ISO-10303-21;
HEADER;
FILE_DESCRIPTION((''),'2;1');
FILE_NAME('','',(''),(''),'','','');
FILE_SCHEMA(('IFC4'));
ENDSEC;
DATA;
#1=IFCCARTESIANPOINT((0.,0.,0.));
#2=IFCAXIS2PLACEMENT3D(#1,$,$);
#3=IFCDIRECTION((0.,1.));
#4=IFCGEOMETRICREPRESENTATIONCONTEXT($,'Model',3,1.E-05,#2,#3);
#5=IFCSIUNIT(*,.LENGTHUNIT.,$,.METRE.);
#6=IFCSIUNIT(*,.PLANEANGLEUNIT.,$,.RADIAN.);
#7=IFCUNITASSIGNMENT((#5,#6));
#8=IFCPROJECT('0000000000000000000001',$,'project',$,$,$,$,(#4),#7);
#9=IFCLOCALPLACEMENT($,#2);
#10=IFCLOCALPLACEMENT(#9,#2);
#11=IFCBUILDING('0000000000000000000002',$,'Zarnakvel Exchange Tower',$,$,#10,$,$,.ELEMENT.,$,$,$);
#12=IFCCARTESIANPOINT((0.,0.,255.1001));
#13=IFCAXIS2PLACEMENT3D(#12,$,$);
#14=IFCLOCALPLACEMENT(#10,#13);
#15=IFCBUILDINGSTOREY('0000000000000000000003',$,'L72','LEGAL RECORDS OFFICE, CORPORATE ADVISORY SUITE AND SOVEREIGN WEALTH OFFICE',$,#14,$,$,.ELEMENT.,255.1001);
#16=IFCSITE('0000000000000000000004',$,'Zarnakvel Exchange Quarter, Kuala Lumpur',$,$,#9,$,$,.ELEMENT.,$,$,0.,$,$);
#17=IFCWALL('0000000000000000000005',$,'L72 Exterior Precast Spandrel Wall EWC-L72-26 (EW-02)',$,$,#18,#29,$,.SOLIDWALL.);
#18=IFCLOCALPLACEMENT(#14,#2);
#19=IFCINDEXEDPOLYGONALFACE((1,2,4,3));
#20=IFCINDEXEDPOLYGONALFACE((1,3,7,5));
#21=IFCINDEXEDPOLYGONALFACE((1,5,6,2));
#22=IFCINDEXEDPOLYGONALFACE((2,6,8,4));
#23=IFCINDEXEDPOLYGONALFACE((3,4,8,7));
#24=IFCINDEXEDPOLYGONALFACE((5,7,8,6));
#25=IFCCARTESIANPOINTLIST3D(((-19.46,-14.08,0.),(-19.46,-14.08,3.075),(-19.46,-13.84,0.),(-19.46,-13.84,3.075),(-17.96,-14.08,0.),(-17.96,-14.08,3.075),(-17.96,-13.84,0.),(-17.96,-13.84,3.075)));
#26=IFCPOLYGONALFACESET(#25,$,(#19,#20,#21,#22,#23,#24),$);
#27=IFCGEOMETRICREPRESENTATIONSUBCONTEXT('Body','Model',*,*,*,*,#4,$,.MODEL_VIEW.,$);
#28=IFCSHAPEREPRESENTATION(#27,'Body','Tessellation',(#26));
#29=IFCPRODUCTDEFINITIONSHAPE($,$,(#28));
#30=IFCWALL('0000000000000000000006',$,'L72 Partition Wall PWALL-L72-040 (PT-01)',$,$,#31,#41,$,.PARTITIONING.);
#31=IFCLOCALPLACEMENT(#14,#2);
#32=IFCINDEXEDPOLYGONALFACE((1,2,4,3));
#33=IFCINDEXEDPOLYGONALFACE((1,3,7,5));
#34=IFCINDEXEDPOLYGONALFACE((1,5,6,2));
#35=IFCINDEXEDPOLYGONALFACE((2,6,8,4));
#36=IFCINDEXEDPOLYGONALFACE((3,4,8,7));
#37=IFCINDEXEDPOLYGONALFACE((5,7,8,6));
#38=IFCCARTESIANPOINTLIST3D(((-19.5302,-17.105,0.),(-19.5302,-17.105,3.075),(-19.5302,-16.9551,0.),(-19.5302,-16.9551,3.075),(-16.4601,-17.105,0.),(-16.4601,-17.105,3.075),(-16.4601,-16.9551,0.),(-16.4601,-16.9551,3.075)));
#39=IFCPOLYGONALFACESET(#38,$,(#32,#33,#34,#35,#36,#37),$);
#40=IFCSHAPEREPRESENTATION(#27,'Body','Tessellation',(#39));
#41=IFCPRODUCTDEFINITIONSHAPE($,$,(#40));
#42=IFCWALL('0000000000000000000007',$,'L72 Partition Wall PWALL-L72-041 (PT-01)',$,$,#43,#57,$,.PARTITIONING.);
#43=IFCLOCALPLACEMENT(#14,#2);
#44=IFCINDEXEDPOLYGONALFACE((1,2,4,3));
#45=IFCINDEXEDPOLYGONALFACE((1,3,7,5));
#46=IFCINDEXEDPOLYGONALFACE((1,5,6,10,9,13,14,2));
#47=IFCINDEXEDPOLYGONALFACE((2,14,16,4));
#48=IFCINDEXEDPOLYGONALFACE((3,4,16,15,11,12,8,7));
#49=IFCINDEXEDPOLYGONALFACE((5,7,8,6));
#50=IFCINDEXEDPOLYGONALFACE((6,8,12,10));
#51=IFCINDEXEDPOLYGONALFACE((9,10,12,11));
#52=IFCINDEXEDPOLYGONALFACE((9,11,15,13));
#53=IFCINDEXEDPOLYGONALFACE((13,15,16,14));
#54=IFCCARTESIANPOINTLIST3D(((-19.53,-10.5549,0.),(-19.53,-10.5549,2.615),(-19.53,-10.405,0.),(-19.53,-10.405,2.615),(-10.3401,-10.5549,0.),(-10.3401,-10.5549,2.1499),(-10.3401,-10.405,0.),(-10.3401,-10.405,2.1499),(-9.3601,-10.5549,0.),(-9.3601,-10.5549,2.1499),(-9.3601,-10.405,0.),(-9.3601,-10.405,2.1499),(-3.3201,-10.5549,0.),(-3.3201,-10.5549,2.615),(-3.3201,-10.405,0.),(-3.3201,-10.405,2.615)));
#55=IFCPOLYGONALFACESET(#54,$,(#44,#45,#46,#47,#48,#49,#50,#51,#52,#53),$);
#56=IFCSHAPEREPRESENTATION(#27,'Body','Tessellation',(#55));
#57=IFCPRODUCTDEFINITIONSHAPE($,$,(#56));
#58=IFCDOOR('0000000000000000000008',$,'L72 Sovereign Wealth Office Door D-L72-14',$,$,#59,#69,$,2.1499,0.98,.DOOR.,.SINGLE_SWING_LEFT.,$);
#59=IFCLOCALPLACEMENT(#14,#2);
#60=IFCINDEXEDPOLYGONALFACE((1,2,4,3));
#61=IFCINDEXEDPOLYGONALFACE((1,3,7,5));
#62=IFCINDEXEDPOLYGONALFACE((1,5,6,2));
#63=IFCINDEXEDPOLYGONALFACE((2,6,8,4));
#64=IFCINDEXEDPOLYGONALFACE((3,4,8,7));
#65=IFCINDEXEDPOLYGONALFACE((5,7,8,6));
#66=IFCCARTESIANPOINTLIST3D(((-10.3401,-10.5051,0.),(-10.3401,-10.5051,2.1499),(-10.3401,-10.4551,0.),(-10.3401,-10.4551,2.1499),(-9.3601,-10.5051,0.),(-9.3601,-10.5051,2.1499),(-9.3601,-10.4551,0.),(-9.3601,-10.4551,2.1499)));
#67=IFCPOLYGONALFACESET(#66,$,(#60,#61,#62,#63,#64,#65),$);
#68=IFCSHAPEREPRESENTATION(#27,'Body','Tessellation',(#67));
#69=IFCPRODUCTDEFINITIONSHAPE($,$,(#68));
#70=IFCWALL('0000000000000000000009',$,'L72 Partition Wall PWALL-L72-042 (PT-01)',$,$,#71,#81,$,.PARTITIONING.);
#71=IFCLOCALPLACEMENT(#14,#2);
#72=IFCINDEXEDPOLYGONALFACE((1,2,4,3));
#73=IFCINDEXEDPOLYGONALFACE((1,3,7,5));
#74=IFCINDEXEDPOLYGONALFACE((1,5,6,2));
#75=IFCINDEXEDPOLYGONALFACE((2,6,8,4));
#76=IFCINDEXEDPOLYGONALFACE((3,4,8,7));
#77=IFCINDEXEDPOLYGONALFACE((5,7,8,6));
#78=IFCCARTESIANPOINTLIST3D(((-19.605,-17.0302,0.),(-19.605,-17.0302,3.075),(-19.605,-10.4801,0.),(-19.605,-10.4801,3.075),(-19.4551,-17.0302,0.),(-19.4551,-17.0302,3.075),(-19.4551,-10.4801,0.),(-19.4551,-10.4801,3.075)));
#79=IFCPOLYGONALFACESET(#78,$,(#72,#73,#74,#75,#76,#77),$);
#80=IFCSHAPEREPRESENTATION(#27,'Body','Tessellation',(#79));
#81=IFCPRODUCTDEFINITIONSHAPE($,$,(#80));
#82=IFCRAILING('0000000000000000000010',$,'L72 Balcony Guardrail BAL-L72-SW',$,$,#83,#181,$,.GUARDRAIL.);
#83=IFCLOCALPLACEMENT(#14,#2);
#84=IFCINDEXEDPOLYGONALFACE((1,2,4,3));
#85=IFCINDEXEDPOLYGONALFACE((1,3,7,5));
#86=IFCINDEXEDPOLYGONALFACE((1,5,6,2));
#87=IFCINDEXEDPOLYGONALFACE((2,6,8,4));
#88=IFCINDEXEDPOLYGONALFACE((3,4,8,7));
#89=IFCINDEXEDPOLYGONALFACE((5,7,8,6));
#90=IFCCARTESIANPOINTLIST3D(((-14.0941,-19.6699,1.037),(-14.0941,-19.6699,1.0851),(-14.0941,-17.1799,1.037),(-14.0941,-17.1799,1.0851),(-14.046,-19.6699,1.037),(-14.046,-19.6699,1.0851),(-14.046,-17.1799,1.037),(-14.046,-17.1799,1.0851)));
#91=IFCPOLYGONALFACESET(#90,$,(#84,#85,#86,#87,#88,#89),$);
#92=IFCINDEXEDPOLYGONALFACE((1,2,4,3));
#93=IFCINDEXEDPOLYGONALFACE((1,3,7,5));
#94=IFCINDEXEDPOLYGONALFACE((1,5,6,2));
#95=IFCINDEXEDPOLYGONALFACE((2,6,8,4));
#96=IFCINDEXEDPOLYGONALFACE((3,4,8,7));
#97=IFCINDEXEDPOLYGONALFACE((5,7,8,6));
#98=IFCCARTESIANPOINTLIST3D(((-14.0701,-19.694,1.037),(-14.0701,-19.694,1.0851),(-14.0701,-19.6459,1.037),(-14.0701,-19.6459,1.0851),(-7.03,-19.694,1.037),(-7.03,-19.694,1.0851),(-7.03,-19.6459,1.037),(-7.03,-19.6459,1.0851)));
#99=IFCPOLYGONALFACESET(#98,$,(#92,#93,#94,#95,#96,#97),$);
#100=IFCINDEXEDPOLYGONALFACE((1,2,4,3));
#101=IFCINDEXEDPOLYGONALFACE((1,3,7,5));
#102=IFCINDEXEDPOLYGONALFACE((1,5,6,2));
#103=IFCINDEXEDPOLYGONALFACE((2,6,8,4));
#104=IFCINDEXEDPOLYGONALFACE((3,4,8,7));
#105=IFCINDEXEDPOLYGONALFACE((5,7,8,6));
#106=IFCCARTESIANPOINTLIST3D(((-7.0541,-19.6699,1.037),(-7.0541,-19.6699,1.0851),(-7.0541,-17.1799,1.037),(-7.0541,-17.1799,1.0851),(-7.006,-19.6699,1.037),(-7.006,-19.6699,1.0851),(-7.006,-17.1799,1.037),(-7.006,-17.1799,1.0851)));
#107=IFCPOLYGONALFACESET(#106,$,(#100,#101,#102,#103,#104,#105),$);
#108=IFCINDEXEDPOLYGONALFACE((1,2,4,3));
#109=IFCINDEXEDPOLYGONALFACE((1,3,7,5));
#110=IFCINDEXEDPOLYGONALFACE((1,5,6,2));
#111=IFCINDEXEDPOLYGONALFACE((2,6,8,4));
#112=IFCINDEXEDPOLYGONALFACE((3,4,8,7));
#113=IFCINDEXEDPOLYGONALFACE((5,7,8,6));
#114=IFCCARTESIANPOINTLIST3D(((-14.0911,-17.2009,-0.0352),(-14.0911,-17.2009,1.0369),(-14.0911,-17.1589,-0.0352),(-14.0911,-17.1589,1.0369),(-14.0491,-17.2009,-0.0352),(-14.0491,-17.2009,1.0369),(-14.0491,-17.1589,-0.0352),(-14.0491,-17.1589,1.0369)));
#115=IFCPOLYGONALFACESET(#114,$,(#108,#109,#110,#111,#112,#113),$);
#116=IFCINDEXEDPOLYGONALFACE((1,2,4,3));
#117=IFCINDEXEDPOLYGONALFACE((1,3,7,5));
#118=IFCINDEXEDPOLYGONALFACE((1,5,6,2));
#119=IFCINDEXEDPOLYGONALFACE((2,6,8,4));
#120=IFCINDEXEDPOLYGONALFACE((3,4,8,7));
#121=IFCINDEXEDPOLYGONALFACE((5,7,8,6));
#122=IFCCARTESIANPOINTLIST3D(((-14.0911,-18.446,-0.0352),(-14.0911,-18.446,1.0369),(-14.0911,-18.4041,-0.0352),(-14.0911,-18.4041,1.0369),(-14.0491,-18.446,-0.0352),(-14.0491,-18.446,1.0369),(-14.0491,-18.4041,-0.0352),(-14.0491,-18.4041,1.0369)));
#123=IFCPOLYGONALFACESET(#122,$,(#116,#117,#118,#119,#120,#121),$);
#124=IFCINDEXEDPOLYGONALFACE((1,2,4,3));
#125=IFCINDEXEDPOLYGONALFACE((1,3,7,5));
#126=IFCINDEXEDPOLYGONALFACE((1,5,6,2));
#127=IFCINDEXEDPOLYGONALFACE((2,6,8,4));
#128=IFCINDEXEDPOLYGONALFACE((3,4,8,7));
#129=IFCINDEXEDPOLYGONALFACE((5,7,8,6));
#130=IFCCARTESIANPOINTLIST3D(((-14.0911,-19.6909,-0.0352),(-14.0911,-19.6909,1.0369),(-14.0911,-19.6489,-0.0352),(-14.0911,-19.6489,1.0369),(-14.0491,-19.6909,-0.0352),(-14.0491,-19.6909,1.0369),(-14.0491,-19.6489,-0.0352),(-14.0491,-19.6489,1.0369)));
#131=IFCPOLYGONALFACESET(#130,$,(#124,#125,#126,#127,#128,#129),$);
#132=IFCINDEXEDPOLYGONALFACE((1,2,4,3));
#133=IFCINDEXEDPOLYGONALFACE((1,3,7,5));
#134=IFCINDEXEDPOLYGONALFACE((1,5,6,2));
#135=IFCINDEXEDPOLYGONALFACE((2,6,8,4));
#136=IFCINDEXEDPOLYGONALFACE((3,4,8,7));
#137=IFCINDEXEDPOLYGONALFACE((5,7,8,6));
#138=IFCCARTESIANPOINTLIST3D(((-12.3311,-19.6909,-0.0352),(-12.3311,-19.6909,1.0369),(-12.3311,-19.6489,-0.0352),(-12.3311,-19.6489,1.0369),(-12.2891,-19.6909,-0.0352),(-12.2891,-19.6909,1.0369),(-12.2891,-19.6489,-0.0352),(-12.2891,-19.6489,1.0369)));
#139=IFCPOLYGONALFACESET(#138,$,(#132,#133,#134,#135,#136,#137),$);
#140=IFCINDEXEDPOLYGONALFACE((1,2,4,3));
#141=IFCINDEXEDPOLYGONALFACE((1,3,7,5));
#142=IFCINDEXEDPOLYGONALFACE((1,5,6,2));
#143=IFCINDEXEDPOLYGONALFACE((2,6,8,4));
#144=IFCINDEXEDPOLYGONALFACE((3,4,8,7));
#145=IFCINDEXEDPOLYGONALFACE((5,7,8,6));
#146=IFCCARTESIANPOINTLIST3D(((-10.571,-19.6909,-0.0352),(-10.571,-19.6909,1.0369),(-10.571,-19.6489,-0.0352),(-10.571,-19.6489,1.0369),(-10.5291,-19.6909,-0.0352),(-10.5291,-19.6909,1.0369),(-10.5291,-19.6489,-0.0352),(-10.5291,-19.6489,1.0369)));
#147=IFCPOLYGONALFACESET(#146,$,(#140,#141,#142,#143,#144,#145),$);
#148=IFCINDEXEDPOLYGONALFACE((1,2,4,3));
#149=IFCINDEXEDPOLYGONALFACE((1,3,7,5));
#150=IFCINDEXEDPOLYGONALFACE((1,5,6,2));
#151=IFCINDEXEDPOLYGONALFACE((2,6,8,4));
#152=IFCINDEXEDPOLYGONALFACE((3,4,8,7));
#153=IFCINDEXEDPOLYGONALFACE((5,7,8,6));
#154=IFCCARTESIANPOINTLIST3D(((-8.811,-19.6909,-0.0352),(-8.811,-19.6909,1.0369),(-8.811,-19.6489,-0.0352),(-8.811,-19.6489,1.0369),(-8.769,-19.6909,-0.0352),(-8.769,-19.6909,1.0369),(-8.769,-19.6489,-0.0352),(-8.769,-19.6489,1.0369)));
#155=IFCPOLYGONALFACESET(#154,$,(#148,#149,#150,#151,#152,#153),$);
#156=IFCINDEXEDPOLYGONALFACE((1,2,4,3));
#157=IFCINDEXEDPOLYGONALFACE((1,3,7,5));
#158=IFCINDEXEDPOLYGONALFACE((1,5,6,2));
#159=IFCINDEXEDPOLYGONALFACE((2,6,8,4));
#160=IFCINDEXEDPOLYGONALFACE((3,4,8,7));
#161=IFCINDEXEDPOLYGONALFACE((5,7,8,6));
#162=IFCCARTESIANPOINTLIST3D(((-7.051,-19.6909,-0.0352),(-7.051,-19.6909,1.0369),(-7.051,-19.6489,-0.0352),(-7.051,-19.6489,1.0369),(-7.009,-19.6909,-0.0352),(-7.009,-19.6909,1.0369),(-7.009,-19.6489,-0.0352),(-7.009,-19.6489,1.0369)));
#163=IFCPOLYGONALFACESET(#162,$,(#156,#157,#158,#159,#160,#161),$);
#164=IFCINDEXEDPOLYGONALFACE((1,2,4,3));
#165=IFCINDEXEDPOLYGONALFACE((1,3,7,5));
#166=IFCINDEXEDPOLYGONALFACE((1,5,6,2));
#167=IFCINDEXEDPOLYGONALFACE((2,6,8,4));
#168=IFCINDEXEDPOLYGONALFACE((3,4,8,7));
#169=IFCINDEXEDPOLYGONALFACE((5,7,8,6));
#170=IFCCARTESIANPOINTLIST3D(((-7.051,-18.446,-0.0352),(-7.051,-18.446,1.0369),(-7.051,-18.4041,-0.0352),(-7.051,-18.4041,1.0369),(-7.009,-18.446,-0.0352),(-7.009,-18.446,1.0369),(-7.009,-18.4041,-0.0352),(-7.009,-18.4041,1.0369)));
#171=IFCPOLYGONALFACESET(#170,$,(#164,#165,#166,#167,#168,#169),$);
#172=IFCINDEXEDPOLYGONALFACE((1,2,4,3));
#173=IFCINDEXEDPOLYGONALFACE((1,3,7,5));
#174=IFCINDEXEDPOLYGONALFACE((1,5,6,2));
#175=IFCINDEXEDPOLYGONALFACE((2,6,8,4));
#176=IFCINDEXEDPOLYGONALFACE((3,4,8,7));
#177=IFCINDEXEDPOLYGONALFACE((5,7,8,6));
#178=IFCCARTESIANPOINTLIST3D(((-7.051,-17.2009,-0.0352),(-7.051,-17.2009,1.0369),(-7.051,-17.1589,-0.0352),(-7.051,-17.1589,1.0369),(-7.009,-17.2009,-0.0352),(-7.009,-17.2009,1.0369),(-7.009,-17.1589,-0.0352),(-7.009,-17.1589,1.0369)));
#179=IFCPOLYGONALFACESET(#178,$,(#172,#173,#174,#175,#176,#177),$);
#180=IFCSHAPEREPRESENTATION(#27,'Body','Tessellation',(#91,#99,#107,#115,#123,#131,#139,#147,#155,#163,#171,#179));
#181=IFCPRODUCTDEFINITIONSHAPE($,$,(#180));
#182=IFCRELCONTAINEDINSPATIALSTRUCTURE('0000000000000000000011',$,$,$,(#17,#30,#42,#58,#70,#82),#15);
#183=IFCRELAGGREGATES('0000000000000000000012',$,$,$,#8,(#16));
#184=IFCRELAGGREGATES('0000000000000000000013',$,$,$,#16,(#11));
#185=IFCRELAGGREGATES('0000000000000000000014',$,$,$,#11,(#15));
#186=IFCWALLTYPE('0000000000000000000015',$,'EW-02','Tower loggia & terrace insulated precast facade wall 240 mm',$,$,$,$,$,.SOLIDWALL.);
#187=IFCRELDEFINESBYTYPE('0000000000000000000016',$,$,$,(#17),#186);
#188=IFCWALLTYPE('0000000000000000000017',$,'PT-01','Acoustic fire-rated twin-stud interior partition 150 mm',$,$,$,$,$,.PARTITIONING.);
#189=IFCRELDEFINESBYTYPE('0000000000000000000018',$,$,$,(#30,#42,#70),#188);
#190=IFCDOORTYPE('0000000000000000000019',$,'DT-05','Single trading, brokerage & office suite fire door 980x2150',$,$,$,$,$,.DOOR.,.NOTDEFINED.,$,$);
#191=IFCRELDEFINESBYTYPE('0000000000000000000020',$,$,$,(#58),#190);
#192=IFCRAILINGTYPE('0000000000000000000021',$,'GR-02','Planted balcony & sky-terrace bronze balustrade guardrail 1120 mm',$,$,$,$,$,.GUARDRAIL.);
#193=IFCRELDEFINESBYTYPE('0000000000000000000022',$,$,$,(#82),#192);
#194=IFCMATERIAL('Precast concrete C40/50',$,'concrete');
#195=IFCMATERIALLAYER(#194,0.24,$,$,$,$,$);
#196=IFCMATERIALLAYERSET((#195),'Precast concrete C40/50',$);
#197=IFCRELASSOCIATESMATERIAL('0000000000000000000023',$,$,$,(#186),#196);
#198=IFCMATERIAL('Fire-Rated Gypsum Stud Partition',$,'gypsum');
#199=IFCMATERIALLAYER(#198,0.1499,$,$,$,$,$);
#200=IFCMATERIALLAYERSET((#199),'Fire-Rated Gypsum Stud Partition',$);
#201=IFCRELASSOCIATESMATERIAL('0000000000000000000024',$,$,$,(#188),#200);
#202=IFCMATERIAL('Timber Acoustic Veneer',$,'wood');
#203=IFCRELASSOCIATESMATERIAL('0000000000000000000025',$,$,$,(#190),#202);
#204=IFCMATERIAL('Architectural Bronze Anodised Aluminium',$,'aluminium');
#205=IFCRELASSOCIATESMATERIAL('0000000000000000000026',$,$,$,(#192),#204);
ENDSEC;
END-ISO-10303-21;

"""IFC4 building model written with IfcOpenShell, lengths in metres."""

from ifc_helpers import new_model, si_unit, direction, frame, frame_2d, origin, origin_2d, place, context, subcontext, project, spatial, rectangle, extrude, source, transform, mapped, material, layer, layer_set, type_object, element, fill, save


model = new_model("IFC4")

# Units and contexts
model_context = context("Model", 3, precision=1e-05, world=origin(), true_north=direction((0.0, 1.0)))
body_context = subcontext(model_context, "Body", "Model", "MODEL_VIEW")
ifc_project = project(units=[si_unit("LENGTHUNIT", "METRE"), si_unit("PLANEANGLEUNIT", "RADIAN")], contexts=[model_context])

# Site, building, storey
site_placement = place(None, origin())
site = spatial("IfcSite", under=ifc_project, at=site_placement, Name="Zarnakvel Exchange Quarter, Kuala Lumpur", CompositionType="ELEMENT", RefElevation=0.0)
building_placement = place(site_placement, origin())
building = spatial("IfcBuilding", under=site, at=building_placement, Name="Zarnakvel Exchange Tower", CompositionType="ELEMENT")
storey_placement = place(building_placement, frame((0.0, 0.0, 255.1001)))
storey = spatial("IfcBuildingStorey", under=building, at=storey_placement, Name="L72", Description="LEGAL RECORDS OFFICE, CORPORATE ADVISORY SUITE AND SOVEREIGN WEALTH OFFICE", CompositionType="ELEMENT", Elevation=255.1001)

# Walls
ifc_material_1 = material(Name="Precast concrete C40/50", Category="concrete")
ifc_layer_1 = layer(ifc_material_1, 0.24)
ifc_layer_set_1 = layer_set([ifc_layer_1], Name="Precast concrete C40/50")
wall_type_1 = type_object("IfcWallType", Name="EW-02", Description="Tower loggia & terrace insulated precast facade wall 240 mm", PredefinedType="SOLIDWALL", material=ifc_layer_set_1)
for number, where, z_axis, x_axis, name in (
    (1, (-19.46, -13.96, 0.0), (0.0, 0.0, 1.0), (1.0, 0.0, 0.0), "L72 Exterior Precast Spandrel Wall EWC-L72-26 (EW-02)"),
):
    element("IfcWall", number, at=place(storey_placement, frame(where, z_axis=z_axis, x_axis=x_axis)), inside=storey, type_object=wall_type_1, Name=name, PredefinedType="SOLIDWALL", context=body_context, shape_type="SweptSolid", body=[
        extrude(rectangle(XDim=1.5, YDim=0.24, at=frame_2d((0.75, 0.0))), origin(), (0.0, 0.0, 1.0), 3.075),
    ])
ifc_material_2 = material(Name="Fire-Rated Gypsum Stud Partition", Category="gypsum")
ifc_layer_2 = layer(ifc_material_2, 0.1499)
ifc_layer_set_2 = layer_set([ifc_layer_2], Name="Fire-Rated Gypsum Stud Partition")
wall_type_2 = type_object("IfcWallType", Name="PT-01", Description="Acoustic fire-rated twin-stud interior partition 150 mm", PredefinedType="PARTITIONING", material=ifc_layer_set_2)
wall_1_placement = place(storey_placement, frame((-16.46, -17.03, 0.0), z_axis=(0.0, 0.0, 1.0), x_axis=(-1.0, 0.0, 0.0)))
element("IfcWall", 2, at=wall_1_placement, inside=storey, type_object=wall_type_2, Name="L72 Partition Wall PWALL-L72-040 (PT-01)", PredefinedType="PARTITIONING", context=body_context, shape_type="SweptSolid", body=[
    extrude(rectangle(XDim=3.0701, YDim=0.1499, at=frame_2d((1.5352, 0.0))), origin(), (0.0, 0.0, 1.0), 3.075),
])

# Wall, opening, door
wall_2_placement = place(storey_placement, frame((-19.53, -10.48, 0.0), z_axis=(0.0, 0.0, 1.0), x_axis=(1.0, 0.0, 0.0)))
wall_2 = element("IfcWall", 3, at=wall_2_placement, inside=storey, type_object=wall_type_2, Name="L72 Partition Wall PWALL-L72-041 (PT-01)", PredefinedType="PARTITIONING", context=body_context, shape_type="SweptSolid", body=[
    extrude(rectangle(XDim=16.21, YDim=0.1499, at=frame_2d((8.105, 0.0))), origin(), (0.0, 0.0, 1.0), 2.615),
])
opening_placement = place(wall_2_placement, frame((9.1899, 0.0, 0.0)))
opening = element("IfcOpeningElement", 4, at=opening_placement, cuts=wall_2, PredefinedType="OPENING", context=body_context, shape_type="SweptSolid", body=[
    extrude(rectangle(XDim=0.98, YDim=2.1499, at=frame_2d((0.49, 1.075))), frame((0.0, 0.085, 0.0), z_axis=(0.0, -1.0, 0.0), x_axis=(1.0, 0.0, 0.0)), (0.0, 0.0, 1.0), 0.1699),
])
ifc_material_3 = material(Name="Timber Acoustic Veneer", Category="wood")
door_type = type_object("IfcDoorType", Name="DT-05", Description="Single trading, brokerage & office suite fire door 980x2150", OperationType="NOTDEFINED", PredefinedType="DOOR", material=ifc_material_3)
shared_shape = source(origin(), body_context, "Body", "SweptSolid", [
    extrude(rectangle(XDim=0.98, YDim=2.1499, at=frame_2d((0.49, 1.075))), frame((0.0, 0.0249, 0.0), z_axis=(0.0, -1.0, 0.0), x_axis=(1.0, 0.0, 0.0)), (0.0, 0.0, 1.0), 0.05),
])
door_placement = place(opening_placement, origin())
door = element("IfcDoor", 5, at=door_placement, inside=storey, type_object=door_type, Name="L72 Sovereign Wealth Office Door D-L72-14", OperationType="SINGLE_SWING_LEFT", OverallHeight=2.1499, OverallWidth=0.98, PredefinedType="DOOR", context=body_context, shape_type="MappedRepresentation", body=[
    mapped(shared_shape, transform((0.0, 0.0, 0.0), x_axis=(1.0, 0.0, 0.0), y_axis=(0.0, 1.0, 0.0), z_axis=(0.0, 0.0, 1.0), scale=1.0)),
])
fill(opening, door)

# Wall
wall_3_placement = place(storey_placement, frame((-19.53, -17.03, 0.0), z_axis=(0.0, 0.0, 1.0), x_axis=(0.0, 1.0, 0.0)))
element("IfcWall", 6, at=wall_3_placement, inside=storey, type_object=wall_type_2, Name="L72 Partition Wall PWALL-L72-042 (PT-01)", PredefinedType="PARTITIONING", context=body_context, shape_type="SweptSolid", body=[
    extrude(rectangle(XDim=6.55, YDim=0.1499, at=frame_2d((3.2749, 0.0))), origin(), (0.0, 0.0, 1.0), 3.075),
])

# Railing
ifc_material_4 = material(Name="Architectural Bronze Anodised Aluminium", Category="aluminium")
railing_type = type_object("IfcRailingType", Name="GR-02", Description="Planted balcony & sky-terrace bronze balustrade guardrail 1120 mm", PredefinedType="GUARDRAIL", material=ifc_material_4)
railing_1_placement = place(storey_placement, frame((-14.0701, -17.1799, -0.0352)))
element("IfcRailing", 7, at=railing_1_placement, inside=storey, type_object=railing_type, Name="L72 Balcony Guardrail BAL-L72-SW", PredefinedType="GUARDRAIL", context=body_context, shape_type="SweptSolid", body=[
    extrude(rectangle(XDim=0.0481, YDim=0.0481, at=origin_2d()), frame((0.0, 0.0, 1.0962), z_axis=(0.0, -1.0, 0.0), x_axis=(1.0, 0.0, 0.0)), (0.0, 0.0, 1.0), 2.49),
    extrude(rectangle(XDim=0.0481, YDim=0.0481, at=origin_2d()), frame((0.0, -2.49, 1.0962), z_axis=(1.0, 0.0, 0.0), x_axis=(0.0, 1.0, 0.0)), (0.0, 0.0, 1.0), 7.04),
    extrude(rectangle(XDim=0.0481, YDim=0.0481, at=origin_2d()), frame((7.04, -2.49, 1.0962), z_axis=(0.0, 1.0, 0.0), x_axis=(-1.0, 0.0, 0.0)), (0.0, 0.0, 1.0), 2.49),
    extrude(rectangle(XDim=0.042, YDim=0.042, at=origin_2d()), origin(), (0.0, 0.0, 1.0), 1.072),
    extrude(rectangle(XDim=0.042, YDim=0.042, at=origin_2d()), frame((0.0, -1.2451, 0.0)), (0.0, 0.0, 1.0), 1.072),
    extrude(rectangle(XDim=0.042, YDim=0.042, at=origin_2d()), frame((0.0, -2.49, 0.0)), (0.0, 0.0, 1.0), 1.072),
    extrude(rectangle(XDim=0.042, YDim=0.042, at=origin_2d()), frame((1.76, -2.49, 0.0)), (0.0, 0.0, 1.0), 1.072),
    extrude(rectangle(XDim=0.042, YDim=0.042, at=origin_2d()), frame((3.52, -2.49, 0.0)), (0.0, 0.0, 1.0), 1.072),
    extrude(rectangle(XDim=0.042, YDim=0.042, at=origin_2d()), frame((5.28, -2.49, 0.0)), (0.0, 0.0, 1.0), 1.072),
    extrude(rectangle(XDim=0.042, YDim=0.042, at=origin_2d()), frame((7.04, -2.49, 0.0)), (0.0, 0.0, 1.0), 1.072),
    extrude(rectangle(XDim=0.042, YDim=0.042, at=origin_2d()), frame((7.04, -1.2451, 0.0)), (0.0, 0.0, 1.0), 1.072),
    extrude(rectangle(XDim=0.042, YDim=0.042, at=origin_2d()), frame((7.04, 0.0, 0.0)), (0.0, 0.0, 1.0), 1.072),
])

save(model, "model.ifc")
